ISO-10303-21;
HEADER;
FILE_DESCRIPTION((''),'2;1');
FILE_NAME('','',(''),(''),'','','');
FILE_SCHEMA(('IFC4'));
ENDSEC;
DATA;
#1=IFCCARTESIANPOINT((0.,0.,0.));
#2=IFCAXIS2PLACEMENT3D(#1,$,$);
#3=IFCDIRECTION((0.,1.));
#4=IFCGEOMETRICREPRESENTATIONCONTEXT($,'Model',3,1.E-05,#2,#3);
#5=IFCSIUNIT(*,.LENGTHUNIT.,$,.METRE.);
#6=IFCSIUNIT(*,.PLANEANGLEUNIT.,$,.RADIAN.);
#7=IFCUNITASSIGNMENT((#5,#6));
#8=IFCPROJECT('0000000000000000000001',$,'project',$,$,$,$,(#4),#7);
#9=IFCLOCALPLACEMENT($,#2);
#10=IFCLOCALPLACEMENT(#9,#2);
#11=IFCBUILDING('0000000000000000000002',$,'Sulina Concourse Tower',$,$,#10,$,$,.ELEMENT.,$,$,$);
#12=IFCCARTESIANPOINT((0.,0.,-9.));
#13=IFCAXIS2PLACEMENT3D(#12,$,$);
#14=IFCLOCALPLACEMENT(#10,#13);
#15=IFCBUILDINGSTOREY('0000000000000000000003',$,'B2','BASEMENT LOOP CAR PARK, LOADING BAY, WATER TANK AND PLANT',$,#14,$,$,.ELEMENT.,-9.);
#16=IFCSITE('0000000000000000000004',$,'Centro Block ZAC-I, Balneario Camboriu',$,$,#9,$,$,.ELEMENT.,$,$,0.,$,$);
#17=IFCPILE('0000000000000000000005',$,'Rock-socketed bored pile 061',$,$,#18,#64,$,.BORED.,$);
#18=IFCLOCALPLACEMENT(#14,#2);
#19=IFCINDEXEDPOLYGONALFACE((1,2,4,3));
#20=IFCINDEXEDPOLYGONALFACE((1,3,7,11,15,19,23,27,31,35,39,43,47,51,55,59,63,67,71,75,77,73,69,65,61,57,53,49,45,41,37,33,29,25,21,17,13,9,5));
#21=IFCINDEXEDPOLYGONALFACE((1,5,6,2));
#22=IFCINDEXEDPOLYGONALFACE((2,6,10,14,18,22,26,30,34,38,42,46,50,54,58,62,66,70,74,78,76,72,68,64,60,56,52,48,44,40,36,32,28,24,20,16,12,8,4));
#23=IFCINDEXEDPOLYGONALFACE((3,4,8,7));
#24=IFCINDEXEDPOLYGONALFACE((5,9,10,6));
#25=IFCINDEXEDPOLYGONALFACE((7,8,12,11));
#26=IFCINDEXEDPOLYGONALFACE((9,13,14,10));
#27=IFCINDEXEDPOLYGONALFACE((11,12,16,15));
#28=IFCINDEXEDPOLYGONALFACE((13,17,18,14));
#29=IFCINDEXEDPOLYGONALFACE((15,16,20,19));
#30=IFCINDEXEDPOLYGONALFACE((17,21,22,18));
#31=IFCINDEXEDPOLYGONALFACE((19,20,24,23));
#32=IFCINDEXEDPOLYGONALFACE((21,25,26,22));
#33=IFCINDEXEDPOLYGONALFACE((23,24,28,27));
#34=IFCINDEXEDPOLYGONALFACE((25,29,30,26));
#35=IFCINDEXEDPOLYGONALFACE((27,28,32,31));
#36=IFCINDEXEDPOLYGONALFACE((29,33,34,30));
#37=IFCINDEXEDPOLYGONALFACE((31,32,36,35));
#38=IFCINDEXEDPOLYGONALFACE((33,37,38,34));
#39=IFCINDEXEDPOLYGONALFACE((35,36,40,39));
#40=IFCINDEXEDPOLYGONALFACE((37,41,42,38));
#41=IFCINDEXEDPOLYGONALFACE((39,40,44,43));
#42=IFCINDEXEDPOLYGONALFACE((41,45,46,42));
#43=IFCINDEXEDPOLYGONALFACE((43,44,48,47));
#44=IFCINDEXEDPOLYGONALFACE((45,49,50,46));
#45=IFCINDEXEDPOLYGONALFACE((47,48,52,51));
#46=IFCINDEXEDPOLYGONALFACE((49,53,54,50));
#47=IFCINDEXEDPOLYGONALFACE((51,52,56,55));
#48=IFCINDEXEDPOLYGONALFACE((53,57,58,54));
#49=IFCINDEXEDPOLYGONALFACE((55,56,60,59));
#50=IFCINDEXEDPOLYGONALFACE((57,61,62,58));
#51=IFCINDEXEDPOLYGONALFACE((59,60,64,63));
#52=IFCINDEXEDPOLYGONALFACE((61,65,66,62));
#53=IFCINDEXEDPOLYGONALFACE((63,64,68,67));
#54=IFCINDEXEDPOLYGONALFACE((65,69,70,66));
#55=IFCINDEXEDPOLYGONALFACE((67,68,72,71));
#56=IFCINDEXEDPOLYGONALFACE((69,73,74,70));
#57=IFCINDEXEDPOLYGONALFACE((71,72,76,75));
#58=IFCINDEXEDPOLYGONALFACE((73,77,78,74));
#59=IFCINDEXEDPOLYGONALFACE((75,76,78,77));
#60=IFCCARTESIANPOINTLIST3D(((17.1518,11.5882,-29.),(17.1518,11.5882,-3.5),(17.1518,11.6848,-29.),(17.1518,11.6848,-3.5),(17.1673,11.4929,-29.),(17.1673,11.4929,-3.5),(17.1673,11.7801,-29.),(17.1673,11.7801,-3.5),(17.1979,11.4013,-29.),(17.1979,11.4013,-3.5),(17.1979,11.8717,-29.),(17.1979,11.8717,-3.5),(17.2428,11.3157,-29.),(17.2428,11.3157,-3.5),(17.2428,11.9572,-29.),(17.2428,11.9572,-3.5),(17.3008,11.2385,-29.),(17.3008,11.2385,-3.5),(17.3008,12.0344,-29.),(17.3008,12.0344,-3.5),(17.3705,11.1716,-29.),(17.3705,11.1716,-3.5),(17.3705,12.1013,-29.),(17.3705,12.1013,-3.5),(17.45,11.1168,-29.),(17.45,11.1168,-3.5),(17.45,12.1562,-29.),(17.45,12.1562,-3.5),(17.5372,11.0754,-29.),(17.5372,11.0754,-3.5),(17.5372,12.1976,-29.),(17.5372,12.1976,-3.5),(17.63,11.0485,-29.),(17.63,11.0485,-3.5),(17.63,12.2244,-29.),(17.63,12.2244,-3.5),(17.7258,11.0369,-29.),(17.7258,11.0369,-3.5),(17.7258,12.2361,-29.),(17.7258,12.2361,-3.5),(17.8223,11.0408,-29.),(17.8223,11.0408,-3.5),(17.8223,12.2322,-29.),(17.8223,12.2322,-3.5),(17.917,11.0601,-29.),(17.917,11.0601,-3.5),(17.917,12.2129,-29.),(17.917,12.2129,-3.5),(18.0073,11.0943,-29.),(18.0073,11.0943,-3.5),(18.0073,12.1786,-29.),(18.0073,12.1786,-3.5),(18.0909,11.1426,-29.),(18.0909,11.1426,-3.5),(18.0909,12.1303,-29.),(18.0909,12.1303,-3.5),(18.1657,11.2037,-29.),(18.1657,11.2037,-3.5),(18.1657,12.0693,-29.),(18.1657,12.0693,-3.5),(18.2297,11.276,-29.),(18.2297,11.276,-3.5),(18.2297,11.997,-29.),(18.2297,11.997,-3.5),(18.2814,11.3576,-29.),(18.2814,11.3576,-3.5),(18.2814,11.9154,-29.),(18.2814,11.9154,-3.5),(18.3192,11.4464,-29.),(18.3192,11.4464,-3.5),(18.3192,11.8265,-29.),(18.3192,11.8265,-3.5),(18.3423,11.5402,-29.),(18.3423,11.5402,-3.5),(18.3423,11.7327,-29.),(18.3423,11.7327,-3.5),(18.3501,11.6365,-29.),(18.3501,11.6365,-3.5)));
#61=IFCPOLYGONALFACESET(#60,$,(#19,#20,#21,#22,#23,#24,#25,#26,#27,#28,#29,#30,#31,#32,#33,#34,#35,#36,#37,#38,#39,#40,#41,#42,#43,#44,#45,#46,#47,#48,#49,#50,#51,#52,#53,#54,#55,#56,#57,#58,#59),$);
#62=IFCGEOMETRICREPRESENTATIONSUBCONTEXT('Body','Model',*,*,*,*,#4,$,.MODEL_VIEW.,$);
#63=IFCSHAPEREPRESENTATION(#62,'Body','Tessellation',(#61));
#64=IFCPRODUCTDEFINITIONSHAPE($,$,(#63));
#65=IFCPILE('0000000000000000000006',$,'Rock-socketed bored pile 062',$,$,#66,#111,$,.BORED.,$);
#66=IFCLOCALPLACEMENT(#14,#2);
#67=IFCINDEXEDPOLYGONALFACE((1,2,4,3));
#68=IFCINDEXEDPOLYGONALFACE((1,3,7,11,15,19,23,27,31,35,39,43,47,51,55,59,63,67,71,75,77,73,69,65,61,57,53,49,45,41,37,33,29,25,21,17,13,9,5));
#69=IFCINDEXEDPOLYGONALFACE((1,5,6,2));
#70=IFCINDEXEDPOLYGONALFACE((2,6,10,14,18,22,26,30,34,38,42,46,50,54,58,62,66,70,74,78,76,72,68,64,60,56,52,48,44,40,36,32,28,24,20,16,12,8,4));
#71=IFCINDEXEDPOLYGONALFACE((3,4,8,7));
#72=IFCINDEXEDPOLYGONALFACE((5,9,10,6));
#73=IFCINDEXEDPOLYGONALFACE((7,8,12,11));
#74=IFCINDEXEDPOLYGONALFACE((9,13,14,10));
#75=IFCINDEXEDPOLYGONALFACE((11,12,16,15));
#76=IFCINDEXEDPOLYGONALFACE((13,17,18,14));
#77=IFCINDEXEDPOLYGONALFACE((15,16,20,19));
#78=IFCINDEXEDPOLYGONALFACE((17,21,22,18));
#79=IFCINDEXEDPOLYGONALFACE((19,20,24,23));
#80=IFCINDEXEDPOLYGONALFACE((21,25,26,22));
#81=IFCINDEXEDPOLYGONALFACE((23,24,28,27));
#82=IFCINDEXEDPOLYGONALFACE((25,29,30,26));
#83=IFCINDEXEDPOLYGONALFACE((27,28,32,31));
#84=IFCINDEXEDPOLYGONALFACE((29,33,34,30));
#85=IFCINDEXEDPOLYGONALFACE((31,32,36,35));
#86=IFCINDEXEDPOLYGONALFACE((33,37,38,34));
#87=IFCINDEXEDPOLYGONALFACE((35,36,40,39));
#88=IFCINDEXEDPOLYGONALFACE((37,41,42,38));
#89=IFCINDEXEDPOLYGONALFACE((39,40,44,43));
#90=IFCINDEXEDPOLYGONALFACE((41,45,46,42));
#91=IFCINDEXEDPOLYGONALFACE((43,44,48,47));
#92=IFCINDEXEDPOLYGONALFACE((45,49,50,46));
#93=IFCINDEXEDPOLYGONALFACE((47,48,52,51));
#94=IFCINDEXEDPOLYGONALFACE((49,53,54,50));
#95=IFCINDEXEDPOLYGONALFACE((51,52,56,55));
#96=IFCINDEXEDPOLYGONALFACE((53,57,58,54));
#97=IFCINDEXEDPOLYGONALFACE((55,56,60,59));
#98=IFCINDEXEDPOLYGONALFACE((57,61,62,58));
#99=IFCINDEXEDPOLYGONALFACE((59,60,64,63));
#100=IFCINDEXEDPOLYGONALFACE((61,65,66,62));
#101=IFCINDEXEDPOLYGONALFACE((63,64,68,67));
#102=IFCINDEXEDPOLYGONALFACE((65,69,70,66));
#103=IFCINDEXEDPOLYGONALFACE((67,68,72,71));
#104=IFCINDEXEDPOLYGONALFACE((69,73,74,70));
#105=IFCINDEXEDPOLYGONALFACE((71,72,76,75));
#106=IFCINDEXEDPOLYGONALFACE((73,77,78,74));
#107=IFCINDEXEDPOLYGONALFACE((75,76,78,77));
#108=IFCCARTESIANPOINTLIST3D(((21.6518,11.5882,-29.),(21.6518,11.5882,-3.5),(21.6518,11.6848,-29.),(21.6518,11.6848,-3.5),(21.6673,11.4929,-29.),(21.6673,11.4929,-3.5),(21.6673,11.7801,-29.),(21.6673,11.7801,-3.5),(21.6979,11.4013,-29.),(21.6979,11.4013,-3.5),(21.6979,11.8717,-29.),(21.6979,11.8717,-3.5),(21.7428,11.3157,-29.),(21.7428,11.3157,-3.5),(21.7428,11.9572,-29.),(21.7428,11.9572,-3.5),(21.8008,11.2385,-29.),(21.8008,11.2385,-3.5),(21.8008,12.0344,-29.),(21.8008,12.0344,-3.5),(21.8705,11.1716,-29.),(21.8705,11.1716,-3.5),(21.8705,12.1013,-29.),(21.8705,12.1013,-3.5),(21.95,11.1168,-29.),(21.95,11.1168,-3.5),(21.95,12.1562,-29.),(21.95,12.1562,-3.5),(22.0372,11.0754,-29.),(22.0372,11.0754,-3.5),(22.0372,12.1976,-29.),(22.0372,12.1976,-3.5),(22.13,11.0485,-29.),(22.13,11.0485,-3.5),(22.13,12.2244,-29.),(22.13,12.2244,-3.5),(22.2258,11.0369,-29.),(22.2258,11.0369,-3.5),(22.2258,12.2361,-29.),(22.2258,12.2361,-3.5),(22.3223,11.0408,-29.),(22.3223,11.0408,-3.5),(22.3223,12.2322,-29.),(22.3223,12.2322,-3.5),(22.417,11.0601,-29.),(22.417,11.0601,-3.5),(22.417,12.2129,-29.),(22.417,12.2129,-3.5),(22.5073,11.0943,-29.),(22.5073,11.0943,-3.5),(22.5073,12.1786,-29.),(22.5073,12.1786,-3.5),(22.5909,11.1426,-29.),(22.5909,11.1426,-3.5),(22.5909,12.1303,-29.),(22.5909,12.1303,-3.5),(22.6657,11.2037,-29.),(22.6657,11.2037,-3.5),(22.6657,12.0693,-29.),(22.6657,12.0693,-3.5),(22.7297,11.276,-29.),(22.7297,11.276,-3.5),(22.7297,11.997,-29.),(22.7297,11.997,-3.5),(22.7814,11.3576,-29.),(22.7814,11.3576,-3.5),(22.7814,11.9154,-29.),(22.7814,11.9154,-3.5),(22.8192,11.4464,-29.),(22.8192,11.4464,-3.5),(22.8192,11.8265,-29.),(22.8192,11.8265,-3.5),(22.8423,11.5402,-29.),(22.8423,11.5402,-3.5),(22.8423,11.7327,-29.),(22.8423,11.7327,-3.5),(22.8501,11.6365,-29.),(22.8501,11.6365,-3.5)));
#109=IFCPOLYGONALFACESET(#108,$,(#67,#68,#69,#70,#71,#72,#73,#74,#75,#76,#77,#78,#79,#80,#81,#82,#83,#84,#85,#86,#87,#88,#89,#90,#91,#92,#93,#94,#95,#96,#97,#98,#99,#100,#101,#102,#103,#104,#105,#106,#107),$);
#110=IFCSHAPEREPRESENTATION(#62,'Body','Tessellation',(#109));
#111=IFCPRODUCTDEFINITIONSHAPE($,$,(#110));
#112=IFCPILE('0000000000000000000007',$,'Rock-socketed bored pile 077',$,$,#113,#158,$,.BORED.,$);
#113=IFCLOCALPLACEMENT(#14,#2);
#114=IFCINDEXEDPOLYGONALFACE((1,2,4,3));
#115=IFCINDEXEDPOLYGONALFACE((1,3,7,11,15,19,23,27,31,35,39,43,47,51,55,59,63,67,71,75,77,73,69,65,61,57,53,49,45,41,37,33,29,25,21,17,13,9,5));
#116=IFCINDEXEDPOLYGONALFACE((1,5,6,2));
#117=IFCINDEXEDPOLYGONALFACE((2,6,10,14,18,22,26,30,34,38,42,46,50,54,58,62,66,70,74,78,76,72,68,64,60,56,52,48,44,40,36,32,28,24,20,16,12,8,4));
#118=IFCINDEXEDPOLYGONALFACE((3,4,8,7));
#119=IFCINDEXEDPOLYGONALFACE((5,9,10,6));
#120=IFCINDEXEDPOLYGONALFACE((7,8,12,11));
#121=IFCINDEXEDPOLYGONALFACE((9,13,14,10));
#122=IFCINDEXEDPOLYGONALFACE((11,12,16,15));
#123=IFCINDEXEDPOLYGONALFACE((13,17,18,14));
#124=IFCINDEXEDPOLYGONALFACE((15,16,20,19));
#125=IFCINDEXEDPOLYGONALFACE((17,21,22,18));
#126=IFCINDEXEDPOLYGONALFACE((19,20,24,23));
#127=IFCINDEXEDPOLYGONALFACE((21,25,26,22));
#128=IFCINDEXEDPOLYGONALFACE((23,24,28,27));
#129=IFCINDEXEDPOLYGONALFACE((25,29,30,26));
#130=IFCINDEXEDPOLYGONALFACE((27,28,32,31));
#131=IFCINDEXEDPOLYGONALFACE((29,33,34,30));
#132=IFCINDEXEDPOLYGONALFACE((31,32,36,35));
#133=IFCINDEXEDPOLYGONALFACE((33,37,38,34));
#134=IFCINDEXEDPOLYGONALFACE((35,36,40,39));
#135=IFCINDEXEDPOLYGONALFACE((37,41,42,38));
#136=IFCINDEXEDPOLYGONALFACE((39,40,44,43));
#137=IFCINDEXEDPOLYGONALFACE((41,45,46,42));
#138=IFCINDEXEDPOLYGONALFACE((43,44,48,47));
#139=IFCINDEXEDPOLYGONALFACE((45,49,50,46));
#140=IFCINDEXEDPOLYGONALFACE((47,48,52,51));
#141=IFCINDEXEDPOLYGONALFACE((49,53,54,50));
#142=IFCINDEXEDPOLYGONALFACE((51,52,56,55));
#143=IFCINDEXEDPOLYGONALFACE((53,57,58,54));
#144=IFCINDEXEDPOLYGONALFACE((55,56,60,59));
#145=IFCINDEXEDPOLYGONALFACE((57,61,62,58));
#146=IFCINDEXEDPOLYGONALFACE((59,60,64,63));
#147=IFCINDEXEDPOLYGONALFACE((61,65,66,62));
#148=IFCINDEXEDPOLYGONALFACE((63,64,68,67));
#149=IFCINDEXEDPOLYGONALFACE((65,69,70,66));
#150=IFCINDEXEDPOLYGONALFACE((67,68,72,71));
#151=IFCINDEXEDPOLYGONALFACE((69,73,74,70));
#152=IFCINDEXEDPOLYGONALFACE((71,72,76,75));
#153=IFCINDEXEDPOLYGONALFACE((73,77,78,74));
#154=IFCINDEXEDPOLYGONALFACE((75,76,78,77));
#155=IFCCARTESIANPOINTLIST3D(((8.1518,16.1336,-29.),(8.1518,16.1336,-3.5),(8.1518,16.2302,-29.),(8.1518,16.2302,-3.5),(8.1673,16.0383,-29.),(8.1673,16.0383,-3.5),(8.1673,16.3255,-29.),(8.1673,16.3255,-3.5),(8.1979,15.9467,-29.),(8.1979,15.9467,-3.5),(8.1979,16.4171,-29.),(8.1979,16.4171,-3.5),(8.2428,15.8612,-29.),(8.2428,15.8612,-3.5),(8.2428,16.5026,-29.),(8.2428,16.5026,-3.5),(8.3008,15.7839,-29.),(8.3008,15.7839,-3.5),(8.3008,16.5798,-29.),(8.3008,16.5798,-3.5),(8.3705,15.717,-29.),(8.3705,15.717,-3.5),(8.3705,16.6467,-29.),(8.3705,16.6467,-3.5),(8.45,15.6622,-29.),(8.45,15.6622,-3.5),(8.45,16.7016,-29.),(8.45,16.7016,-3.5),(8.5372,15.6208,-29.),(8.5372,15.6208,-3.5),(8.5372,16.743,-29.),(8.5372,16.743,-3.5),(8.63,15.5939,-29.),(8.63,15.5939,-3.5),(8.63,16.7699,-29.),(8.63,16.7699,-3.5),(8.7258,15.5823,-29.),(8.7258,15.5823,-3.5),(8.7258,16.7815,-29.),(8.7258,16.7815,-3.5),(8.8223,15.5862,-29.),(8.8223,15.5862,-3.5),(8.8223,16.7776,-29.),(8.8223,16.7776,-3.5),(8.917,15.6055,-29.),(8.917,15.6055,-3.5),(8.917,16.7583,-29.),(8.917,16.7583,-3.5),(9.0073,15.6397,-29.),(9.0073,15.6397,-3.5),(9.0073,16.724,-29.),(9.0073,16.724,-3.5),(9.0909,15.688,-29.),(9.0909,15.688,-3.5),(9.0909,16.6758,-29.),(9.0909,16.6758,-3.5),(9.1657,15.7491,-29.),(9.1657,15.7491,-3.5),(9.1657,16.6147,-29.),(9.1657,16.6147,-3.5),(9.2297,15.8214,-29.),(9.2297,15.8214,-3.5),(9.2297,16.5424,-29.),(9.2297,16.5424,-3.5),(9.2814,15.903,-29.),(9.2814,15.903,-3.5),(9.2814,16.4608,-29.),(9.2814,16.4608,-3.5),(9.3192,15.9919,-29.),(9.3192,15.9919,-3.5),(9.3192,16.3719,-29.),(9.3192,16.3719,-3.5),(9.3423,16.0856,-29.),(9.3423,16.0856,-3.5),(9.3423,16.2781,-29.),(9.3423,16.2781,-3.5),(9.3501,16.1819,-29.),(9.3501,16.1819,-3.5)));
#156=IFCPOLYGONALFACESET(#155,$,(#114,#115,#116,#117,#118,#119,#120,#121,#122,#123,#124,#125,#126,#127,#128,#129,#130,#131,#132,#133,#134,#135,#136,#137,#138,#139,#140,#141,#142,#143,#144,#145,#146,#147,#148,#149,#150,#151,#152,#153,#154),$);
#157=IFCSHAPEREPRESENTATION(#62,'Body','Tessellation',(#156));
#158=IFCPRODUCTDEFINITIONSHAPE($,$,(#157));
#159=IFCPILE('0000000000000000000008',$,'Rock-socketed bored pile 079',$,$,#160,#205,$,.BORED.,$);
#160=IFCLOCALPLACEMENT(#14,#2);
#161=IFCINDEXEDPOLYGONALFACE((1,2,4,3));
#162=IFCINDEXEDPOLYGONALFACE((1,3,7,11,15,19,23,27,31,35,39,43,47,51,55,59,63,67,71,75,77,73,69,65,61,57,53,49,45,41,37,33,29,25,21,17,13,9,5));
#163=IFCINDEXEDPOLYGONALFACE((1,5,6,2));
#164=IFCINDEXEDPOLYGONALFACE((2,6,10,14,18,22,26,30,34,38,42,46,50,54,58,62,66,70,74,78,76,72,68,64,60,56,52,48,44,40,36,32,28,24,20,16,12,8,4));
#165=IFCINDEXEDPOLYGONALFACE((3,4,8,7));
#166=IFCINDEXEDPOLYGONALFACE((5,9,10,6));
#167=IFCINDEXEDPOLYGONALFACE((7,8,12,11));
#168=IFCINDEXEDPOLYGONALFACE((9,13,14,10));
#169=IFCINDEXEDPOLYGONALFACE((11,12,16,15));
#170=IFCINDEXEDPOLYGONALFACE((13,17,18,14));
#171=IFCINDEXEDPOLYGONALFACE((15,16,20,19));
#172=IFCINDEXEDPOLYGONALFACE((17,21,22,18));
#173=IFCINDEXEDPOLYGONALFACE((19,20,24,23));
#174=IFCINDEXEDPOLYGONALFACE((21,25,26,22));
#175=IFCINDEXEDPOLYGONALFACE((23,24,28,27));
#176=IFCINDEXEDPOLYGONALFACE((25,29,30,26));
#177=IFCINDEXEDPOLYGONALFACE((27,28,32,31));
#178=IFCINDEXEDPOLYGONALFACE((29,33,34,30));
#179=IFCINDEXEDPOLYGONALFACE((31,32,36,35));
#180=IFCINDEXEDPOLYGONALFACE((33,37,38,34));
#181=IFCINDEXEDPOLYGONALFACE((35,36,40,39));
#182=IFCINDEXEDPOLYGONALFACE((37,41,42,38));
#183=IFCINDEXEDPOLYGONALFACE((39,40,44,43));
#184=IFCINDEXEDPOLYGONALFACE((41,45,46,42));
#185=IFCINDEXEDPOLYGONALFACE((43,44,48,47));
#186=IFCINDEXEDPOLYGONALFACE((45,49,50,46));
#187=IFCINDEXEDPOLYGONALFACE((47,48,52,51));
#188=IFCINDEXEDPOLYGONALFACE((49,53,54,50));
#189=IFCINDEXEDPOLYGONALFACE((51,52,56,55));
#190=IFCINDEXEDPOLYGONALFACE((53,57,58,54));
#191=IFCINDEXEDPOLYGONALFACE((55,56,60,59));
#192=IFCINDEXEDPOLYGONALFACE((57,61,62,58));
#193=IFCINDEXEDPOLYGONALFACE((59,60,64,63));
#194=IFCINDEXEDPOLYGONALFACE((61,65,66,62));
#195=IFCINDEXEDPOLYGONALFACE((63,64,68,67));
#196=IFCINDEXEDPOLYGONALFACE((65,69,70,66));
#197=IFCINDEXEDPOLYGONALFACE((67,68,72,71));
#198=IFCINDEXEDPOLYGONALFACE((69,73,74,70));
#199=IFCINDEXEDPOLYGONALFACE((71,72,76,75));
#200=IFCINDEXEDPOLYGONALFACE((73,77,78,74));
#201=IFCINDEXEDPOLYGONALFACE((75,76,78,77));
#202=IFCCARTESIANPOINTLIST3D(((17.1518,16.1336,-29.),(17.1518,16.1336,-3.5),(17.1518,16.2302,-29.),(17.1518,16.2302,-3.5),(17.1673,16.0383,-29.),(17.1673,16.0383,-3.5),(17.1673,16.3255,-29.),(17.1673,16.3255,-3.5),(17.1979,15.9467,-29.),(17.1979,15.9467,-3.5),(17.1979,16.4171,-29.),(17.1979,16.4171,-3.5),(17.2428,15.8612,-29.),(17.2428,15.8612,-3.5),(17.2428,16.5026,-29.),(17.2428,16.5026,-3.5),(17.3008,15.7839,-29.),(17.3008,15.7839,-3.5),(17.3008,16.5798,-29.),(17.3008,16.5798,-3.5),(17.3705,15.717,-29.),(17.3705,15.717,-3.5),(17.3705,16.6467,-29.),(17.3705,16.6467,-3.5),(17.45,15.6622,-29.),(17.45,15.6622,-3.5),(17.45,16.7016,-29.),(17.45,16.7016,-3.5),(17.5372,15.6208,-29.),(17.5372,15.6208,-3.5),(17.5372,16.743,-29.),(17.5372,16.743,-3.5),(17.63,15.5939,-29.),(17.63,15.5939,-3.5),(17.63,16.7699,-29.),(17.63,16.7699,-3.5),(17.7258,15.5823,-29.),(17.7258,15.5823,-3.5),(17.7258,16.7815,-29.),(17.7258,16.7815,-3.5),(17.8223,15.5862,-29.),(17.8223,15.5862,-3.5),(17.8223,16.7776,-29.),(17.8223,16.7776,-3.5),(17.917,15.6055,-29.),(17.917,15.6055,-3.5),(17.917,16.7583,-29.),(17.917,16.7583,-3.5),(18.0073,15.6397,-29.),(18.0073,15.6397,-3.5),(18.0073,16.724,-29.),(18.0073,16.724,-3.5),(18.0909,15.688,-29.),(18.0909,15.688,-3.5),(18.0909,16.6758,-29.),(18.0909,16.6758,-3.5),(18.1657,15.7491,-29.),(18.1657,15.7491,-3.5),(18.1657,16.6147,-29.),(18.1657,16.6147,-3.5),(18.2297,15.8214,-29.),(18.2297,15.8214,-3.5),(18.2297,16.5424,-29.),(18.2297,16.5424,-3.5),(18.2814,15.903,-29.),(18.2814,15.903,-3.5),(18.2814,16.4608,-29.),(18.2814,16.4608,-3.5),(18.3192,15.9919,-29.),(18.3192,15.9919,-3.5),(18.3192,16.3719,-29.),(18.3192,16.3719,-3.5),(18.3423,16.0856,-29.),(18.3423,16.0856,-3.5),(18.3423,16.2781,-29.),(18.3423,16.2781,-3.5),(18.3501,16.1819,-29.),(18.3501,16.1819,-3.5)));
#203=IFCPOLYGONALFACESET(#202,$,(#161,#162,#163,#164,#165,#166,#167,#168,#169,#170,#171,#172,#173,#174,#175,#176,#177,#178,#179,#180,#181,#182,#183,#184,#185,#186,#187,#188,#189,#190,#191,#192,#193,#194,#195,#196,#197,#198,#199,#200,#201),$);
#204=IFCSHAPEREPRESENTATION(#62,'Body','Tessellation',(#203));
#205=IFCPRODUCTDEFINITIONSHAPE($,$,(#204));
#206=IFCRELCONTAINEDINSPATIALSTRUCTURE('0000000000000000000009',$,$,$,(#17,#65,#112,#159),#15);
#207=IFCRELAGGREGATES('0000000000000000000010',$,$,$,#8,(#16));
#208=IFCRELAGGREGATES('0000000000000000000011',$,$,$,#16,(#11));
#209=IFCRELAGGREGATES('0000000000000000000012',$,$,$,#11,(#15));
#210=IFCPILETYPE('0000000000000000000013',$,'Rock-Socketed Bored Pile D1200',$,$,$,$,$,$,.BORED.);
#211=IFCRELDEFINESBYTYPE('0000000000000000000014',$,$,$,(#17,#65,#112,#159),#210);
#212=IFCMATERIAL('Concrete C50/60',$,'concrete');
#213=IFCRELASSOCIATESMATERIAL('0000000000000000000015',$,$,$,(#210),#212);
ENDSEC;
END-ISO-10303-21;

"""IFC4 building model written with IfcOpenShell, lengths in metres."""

from ifc_helpers import new_model, si_unit, direction, frame, origin, origin_2d, place, context, subcontext, project, spatial, circle, extrude, material, material_profile, profile_set, type_object, element, save


model = new_model("IFC4")

# Units and contexts
model_context = context("Model", 3, precision=1e-05, world=origin(), true_north=direction((0.0, 1.0)))
body_context = subcontext(model_context, "Body", "Model", "MODEL_VIEW")
ifc_project = project(units=[si_unit("LENGTHUNIT", "METRE"), si_unit("PLANEANGLEUNIT", "RADIAN")], contexts=[model_context])

# Site, building, storey
site_placement = place(None, origin())
site = spatial("IfcSite", under=ifc_project, at=site_placement, Name="Centro Block ZAC-I, Balneario Camboriu", CompositionType="ELEMENT", RefElevation=0.0)
building_placement = place(site_placement, origin())
building = spatial("IfcBuilding", under=site, at=building_placement, Name="Sulina Concourse Tower", CompositionType="ELEMENT")
storey_placement = place(building_placement, frame((0.0, 0.0, -9.0)))
storey = spatial("IfcBuildingStorey", under=building, at=storey_placement, Name="B2", Description="BASEMENT LOOP CAR PARK, LOADING BAY, WATER TANK AND PLANT", CompositionType="ELEMENT", Elevation=-9.0)

# Piles
ifc_material_1 = material(Name="Concrete C50/60", Category="concrete")
ifc_material_profile_1 = material_profile(ifc_material_1, circle(Radius=0.6001, at=origin_2d()), Name="PILE D1200")
ifc_profile_set_1 = profile_set([ifc_material_profile_1], Name="Concrete C50/60")
pile_type_1 = type_object("IfcPileType", Name="Rock-Socketed Bored Pile D1200", PredefinedType="BORED", material=ifc_profile_set_1)
for number, where, z_axis, x_axis, name in (
    (1, (17.75, 11.6365, -3.5), (0.0, 0.0, -1.0), (1.0, 0.0, 0.0), "Rock-socketed bored pile 061"),
    (2, (22.25, 11.6365, -3.5), (0.0, 0.0, -1.0), (1.0, 0.0, 0.0), "Rock-socketed bored pile 062"),
    (3, (8.75, 16.1819, -3.5), (0.0, 0.0, -1.0), (1.0, 0.0, 0.0), "Rock-socketed bored pile 077"),
    (4, (17.75, 16.1819, -3.5), (0.0, 0.0, -1.0), (1.0, 0.0, 0.0), "Rock-socketed bored pile 079"),
):
    element("IfcPile", number, at=place(storey_placement, frame(where, z_axis=z_axis, x_axis=x_axis)), inside=storey, type_object=pile_type_1, Name=name, PredefinedType="BORED", context=body_context, shape_type="SweptSolid", body=[
        extrude(circle(Radius=0.6001, at=origin_2d()), origin(), (0.0, 0.0, 1.0), 25.5),
    ])

save(model, "model.ifc")
